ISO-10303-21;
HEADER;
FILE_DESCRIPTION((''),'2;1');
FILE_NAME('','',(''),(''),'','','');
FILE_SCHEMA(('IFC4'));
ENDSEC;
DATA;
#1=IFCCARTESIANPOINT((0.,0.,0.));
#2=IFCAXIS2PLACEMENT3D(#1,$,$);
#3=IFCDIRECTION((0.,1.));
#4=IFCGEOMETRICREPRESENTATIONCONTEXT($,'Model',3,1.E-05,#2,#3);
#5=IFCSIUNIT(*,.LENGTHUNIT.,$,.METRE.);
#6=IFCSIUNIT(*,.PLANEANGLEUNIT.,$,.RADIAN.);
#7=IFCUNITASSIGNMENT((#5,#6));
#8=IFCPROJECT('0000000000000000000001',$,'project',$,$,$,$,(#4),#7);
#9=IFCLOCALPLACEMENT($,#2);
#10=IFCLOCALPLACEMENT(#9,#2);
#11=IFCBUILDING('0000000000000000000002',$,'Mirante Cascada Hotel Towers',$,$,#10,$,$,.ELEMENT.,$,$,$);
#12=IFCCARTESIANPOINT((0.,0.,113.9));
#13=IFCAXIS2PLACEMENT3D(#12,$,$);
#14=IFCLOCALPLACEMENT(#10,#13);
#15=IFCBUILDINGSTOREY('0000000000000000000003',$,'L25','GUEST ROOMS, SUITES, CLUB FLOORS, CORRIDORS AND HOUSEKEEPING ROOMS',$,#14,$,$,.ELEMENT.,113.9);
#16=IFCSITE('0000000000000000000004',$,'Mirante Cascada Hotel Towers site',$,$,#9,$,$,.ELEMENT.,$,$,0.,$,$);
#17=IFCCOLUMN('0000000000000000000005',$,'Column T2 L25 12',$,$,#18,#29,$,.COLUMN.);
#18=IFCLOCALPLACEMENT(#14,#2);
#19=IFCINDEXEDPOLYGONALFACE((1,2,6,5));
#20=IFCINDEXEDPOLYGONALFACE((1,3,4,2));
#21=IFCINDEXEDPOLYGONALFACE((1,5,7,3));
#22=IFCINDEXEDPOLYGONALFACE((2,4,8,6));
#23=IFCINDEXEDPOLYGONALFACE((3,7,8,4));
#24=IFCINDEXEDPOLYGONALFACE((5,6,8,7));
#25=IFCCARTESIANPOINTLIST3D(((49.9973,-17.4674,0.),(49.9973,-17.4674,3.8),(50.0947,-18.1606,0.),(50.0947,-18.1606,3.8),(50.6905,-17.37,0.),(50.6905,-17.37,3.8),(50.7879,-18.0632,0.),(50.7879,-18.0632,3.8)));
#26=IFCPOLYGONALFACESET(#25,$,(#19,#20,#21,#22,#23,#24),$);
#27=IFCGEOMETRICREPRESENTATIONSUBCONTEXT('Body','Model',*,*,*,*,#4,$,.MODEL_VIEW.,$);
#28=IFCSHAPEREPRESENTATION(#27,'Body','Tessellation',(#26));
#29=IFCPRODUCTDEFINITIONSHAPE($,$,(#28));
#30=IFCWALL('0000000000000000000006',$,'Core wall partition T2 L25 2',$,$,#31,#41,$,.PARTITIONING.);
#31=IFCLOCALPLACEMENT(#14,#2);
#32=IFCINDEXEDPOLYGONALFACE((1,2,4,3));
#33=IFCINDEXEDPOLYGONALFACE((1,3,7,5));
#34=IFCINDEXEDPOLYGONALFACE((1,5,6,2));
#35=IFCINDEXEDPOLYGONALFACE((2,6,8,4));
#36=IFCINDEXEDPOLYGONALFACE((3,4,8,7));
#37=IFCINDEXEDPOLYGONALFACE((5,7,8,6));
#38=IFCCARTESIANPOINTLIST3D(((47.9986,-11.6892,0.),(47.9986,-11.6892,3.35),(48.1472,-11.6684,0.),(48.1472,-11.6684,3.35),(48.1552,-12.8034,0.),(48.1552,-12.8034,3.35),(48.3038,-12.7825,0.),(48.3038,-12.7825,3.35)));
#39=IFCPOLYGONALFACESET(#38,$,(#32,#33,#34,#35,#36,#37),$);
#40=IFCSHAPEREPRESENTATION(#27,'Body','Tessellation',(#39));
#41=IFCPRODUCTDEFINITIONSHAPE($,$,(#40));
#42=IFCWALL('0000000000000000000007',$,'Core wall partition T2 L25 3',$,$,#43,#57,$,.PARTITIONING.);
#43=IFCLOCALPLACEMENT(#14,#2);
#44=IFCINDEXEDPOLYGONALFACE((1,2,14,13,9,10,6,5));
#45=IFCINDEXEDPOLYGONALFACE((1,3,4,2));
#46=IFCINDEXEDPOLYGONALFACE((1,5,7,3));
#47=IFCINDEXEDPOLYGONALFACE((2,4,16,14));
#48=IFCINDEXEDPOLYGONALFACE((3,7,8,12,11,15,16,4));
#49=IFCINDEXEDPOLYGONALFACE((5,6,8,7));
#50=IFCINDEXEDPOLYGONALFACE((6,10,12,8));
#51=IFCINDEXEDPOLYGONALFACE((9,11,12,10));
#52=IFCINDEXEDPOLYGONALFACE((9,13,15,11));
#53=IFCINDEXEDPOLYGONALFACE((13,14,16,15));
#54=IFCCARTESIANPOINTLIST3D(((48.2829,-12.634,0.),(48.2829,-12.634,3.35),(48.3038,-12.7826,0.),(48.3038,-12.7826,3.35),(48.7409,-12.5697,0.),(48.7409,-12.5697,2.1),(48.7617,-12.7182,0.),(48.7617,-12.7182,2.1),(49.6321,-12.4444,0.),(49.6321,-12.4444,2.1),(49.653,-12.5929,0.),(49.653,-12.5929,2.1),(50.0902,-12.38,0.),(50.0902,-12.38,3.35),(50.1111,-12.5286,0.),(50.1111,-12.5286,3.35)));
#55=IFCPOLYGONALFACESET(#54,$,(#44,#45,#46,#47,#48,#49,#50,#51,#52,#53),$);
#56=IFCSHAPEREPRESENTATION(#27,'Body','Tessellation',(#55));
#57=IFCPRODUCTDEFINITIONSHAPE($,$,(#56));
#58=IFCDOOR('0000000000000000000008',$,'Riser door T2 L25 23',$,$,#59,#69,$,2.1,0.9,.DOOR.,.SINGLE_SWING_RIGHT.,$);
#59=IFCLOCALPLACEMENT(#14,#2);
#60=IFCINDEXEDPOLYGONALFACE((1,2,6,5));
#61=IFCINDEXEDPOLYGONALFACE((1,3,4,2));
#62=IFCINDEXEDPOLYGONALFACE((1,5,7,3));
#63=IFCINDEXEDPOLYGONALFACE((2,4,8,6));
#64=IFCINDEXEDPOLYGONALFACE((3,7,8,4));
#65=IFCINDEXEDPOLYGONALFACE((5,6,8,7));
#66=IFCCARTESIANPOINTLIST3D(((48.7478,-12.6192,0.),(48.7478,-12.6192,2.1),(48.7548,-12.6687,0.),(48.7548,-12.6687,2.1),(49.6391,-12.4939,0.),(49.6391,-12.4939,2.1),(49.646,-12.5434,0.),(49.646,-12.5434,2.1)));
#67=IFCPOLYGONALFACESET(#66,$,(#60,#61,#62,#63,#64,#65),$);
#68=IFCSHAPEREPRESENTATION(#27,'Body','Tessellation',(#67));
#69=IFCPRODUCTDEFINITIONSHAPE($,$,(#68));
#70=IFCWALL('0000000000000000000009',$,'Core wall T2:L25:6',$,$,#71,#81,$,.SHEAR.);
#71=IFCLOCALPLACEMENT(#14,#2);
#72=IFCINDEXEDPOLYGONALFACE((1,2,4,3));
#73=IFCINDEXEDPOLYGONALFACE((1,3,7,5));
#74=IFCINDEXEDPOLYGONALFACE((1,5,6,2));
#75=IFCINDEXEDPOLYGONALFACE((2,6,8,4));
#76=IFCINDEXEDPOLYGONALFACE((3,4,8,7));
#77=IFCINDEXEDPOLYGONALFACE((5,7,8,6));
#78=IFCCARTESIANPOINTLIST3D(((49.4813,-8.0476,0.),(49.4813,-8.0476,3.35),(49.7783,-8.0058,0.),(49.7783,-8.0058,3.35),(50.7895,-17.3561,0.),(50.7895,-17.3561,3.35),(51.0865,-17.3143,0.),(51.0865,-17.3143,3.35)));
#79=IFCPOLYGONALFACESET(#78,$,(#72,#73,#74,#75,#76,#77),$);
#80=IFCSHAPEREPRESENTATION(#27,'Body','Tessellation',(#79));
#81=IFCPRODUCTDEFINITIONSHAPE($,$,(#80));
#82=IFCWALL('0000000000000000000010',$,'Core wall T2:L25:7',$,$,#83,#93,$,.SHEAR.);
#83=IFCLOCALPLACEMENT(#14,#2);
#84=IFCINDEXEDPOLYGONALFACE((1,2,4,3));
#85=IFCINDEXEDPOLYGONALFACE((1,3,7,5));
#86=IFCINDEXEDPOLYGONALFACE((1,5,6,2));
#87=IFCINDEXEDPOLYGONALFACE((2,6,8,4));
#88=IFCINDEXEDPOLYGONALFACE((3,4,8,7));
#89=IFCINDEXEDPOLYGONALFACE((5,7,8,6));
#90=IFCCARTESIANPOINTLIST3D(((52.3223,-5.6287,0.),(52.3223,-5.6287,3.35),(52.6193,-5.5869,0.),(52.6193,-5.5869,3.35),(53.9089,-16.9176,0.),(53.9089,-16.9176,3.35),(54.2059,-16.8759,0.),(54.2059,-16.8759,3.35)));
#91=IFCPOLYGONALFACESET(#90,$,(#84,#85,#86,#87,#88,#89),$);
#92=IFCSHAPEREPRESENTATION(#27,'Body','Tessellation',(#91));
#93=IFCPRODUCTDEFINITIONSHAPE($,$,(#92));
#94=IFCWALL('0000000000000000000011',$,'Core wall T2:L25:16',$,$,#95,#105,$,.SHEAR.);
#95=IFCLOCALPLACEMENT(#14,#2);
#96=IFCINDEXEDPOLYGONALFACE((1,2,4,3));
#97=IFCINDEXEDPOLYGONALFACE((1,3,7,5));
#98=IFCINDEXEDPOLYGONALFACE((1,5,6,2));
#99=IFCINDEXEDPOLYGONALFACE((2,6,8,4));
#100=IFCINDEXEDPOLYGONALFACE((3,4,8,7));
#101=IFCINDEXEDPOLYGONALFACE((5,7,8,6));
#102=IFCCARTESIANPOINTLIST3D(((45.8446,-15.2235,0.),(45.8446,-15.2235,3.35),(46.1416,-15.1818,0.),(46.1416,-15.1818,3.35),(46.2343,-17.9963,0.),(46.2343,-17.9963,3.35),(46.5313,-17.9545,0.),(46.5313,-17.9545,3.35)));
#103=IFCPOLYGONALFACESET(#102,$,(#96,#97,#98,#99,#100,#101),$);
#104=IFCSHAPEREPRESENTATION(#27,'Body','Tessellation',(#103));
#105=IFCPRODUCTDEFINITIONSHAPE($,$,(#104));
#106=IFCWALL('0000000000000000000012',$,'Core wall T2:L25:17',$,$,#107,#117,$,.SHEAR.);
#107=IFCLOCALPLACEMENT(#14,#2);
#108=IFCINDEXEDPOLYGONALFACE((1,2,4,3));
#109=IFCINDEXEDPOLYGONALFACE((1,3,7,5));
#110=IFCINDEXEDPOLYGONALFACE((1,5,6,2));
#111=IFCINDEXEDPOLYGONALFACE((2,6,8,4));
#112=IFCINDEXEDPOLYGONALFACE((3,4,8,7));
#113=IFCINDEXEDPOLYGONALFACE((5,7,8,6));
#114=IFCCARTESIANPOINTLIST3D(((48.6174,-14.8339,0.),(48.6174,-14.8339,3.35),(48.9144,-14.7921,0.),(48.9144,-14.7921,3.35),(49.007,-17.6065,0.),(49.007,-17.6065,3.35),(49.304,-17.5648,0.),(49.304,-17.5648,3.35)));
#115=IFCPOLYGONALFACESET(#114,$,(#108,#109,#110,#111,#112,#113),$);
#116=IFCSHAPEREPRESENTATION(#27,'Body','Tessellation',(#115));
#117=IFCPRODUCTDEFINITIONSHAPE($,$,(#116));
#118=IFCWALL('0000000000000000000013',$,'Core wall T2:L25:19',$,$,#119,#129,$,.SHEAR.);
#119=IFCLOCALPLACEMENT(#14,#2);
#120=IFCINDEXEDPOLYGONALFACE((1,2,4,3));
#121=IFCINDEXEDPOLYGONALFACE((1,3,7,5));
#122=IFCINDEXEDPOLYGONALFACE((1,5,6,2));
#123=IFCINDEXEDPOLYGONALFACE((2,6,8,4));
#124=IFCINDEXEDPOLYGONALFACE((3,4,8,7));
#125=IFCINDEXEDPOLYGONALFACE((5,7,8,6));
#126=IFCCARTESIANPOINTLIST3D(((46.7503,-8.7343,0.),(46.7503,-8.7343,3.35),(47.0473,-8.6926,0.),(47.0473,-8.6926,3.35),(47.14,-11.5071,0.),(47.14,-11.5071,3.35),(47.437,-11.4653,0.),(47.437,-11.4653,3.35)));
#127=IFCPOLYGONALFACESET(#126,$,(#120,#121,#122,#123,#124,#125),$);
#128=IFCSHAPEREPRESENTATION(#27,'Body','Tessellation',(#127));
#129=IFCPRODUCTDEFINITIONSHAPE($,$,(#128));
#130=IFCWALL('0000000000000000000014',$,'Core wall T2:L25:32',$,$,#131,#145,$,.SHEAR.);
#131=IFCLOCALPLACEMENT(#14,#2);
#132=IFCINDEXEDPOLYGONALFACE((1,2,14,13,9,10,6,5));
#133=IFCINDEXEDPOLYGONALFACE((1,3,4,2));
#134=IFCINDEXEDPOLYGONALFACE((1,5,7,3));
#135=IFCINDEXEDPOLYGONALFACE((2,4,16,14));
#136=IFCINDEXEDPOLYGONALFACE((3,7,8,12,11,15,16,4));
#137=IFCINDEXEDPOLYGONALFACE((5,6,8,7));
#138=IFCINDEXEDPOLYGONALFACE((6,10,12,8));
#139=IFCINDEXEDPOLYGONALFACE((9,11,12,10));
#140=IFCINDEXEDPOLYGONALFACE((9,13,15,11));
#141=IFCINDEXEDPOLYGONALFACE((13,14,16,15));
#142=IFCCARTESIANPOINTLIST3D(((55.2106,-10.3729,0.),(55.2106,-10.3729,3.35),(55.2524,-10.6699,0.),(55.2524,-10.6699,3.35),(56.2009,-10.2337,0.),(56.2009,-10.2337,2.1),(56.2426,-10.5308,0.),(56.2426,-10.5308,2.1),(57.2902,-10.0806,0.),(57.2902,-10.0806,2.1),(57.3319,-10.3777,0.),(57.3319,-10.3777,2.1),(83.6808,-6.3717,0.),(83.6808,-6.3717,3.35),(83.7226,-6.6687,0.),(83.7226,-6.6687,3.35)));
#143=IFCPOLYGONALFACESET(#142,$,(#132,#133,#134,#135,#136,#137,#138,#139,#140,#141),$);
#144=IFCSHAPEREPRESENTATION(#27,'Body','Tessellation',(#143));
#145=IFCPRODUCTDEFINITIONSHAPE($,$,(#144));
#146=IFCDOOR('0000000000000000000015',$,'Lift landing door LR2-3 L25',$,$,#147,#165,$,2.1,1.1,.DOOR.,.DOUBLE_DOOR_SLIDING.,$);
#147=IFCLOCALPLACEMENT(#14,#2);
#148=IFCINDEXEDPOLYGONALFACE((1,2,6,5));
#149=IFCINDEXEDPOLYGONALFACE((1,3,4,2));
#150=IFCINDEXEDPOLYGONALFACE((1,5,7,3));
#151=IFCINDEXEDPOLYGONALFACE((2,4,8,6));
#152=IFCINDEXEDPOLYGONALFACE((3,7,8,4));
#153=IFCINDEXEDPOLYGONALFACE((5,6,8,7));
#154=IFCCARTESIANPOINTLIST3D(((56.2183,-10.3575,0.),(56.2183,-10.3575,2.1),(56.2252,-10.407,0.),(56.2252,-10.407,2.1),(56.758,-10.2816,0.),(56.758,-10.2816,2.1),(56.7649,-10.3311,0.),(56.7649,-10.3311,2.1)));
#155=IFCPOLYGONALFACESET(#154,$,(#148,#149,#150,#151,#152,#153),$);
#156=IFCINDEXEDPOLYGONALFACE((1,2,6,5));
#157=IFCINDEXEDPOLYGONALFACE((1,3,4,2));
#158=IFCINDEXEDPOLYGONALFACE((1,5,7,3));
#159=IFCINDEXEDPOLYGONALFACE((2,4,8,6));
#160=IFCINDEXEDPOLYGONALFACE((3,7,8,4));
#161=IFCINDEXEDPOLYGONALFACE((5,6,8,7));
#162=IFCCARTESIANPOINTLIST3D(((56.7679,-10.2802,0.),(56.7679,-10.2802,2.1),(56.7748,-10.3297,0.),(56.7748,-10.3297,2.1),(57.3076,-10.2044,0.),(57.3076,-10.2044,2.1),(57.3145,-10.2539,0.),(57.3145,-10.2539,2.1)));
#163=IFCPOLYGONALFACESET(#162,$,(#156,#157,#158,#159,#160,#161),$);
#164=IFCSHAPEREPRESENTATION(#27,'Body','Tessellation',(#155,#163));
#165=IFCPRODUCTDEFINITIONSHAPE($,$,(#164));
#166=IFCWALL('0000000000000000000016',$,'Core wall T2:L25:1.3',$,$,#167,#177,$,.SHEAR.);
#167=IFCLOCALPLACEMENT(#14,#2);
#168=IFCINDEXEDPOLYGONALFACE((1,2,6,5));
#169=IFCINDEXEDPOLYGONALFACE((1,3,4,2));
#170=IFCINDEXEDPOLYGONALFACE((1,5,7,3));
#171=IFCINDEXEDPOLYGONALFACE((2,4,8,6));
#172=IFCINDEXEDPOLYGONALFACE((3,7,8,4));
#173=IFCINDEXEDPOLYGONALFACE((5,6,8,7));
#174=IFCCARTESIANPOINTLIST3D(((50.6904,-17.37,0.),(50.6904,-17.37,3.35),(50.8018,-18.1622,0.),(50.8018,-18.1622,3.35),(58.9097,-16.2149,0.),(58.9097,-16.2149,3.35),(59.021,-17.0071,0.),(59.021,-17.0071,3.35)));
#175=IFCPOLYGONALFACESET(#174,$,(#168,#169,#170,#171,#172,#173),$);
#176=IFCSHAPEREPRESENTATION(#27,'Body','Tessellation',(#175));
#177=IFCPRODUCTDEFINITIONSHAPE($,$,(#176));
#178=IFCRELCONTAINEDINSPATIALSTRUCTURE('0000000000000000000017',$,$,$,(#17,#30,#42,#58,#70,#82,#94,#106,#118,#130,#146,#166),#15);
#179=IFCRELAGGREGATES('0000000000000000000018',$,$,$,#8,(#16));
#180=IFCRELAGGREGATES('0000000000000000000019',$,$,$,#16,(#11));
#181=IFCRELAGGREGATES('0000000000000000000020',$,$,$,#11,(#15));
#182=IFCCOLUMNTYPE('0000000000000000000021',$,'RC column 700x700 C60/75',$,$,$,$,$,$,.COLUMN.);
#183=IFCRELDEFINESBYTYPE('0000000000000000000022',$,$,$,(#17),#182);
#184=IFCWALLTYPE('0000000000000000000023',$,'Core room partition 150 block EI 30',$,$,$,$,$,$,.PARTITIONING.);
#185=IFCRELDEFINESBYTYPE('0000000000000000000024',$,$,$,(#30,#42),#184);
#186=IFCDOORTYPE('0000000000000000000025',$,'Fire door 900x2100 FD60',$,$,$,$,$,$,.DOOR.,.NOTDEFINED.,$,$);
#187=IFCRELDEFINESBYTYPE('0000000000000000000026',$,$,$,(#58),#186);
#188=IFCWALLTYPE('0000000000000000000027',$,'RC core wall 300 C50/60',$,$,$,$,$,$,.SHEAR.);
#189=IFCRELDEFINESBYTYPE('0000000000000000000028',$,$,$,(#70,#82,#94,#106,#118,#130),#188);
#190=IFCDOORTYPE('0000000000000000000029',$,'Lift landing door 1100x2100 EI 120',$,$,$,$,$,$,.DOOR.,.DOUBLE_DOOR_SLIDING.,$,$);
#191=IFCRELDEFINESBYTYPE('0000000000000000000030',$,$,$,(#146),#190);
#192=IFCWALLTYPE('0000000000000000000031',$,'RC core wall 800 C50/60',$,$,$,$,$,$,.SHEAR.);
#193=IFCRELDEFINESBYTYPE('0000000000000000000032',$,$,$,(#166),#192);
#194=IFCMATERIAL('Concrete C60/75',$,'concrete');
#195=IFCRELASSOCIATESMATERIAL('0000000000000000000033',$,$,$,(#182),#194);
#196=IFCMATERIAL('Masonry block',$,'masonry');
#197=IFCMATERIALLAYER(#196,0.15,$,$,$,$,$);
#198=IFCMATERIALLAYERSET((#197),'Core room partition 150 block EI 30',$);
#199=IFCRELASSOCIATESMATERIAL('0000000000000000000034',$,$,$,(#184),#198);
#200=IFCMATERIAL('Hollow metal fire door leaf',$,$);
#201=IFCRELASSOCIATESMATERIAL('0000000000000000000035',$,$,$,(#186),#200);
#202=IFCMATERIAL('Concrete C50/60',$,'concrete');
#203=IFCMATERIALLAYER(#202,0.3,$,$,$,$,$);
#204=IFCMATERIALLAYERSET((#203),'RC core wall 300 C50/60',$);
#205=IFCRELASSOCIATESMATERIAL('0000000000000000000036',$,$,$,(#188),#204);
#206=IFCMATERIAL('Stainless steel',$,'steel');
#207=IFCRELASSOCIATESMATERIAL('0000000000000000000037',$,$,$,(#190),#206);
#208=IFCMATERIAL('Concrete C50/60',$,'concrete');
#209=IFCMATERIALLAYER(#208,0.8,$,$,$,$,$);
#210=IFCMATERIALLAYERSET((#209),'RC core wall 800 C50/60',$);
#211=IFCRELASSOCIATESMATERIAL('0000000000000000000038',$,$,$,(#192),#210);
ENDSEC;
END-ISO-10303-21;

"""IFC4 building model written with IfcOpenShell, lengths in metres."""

from ifc_helpers import new_model, si_unit, direction, frame, frame_2d, origin, origin_2d, place, context, subcontext, project, spatial, rectangle, extrude, material, layer, layer_set, material_profile, profile_set, type_object, element, fill, save


model = new_model("IFC4")

# Units and contexts
model_context = context("Model", 3, precision=1e-05, world=origin(), true_north=direction((0.0, 1.0)))
body_context = subcontext(model_context, "Body", "Model", "MODEL_VIEW")
ifc_project = project(units=[si_unit("LENGTHUNIT", "METRE"), si_unit("PLANEANGLEUNIT", "RADIAN")], contexts=[model_context])

# Site, building, storey
site_placement = place(None, origin())
site = spatial("IfcSite", under=ifc_project, at=site_placement, Name="Mirante Cascada Hotel Towers site", CompositionType="ELEMENT", RefElevation=0.0)
building_placement = place(site_placement, origin())
building = spatial("IfcBuilding", under=site, at=building_placement, Name="Mirante Cascada Hotel Towers", CompositionType="ELEMENT")
storey_placement = place(building_placement, frame((0.0, 0.0, 113.9)))
storey = spatial("IfcBuildingStorey", under=building, at=storey_placement, Name="L25", Description="GUEST ROOMS, SUITES, CLUB FLOORS, CORRIDORS AND HOUSEKEEPING ROOMS", CompositionType="ELEMENT", Elevation=113.9)

# Column
ifc_material_1 = material(Name="Concrete C60/75", Category="concrete")
ifc_material_profile = material_profile(ifc_material_1, rectangle(XDim=0.7, YDim=0.7, at=origin_2d()), Name="RC column 700x700 C60/75")
ifc_profile_set = profile_set([ifc_material_profile], Name="Concrete C60/75")
column_type = type_object("IfcColumnType", Name="RC column 700x700 C60/75", PredefinedType="COLUMN", material=ifc_profile_set)
column_placement = place(storey_placement, frame((50.3926, -17.7653, 0.0), z_axis=(0.0, 0.0, 1.0), x_axis=(0.990268, 0.139173, 0.0)))
element("IfcColumn", 1, at=column_placement, inside=storey, type_object=column_type, Name="Column T2 L25 12", PredefinedType="COLUMN", context=body_context, shape_type="SweptSolid", body=[
    extrude(rectangle(XDim=0.7, YDim=0.7, at=origin_2d()), origin(), (0.0, 0.0, 1.0), 3.8),
])

# Wall
ifc_material_2 = material(Name="Masonry block", Category="masonry")
ifc_layer_1 = layer(ifc_material_2, 0.15)
ifc_layer_set_1 = layer_set([ifc_layer_1], Name="Core room partition 150 block EI 30")
wall_type_1 = type_object("IfcWallType", Name="Core room partition 150 block EI 30", PredefinedType="PARTITIONING", material=ifc_layer_set_1)
wall_1_placement = place(storey_placement, frame((48.2295, -12.793, 0.0), z_axis=(0.0, 0.0, 1.0), x_axis=(-0.139193, 0.990265, 0.0)))
element("IfcWall", 2, at=wall_1_placement, inside=storey, type_object=wall_type_1, Name="Core wall partition T2 L25 2", PredefinedType="PARTITIONING", context=body_context, shape_type="SweptSolid", body=[
    extrude(rectangle(XDim=1.1251, YDim=0.15, at=frame_2d((0.5626, 0.0))), origin(), (0.0, 0.0, 1.0), 3.35),
])

# Wall, opening, door
wall_2_placement = place(storey_placement, frame((48.2933, -12.7083, 0.0), z_axis=(0.0, 0.0, 1.0), x_axis=(0.990268, 0.139173, 0.0)))
wall_2 = element("IfcWall", 3, at=wall_2_placement, inside=storey, type_object=wall_type_1, Name="Core wall partition T2 L25 3", PredefinedType="PARTITIONING", context=body_context, shape_type="SweptSolid", body=[
    extrude(rectangle(XDim=1.8251, YDim=0.15, at=frame_2d((0.9126, 0.0))), origin(), (0.0, 0.0, 1.0), 3.35),
])
opening_1_placement = place(wall_2_placement, frame((0.4625, 0.0, 0.0)))
opening_1 = element("IfcOpeningElement", 4, at=opening_1_placement, cuts=wall_2, PredefinedType="OPENING", context=body_context, shape_type="SweptSolid", body=[
    extrude(rectangle(XDim=0.9, YDim=2.1, at=frame_2d((0.45, 1.05))), frame((0.0, 0.075, 0.0), z_axis=(0.0, -1.0, 0.0), x_axis=(1.0, 0.0, 0.0)), (0.0, 0.0, 1.0), 0.15),
])
ifc_material_3 = material(Name="Hollow metal fire door leaf")
door_type_1 = type_object("IfcDoorType", Name="Fire door 900x2100 FD60", OperationType="NOTDEFINED", PredefinedType="DOOR", material=ifc_material_3)
door_1_placement = place(opening_1_placement, frame((0.9, 0.0, 0.0), z_axis=(0.0, 0.0, 1.0), x_axis=(-1.0, 0.0, 0.0)))
door_1 = element("IfcDoor", 5, at=door_1_placement, inside=storey, type_object=door_type_1, Name="Riser door T2 L25 23", OperationType="SINGLE_SWING_RIGHT", OverallHeight=2.1, OverallWidth=0.9, PredefinedType="DOOR", context=body_context, shape_type="SweptSolid", body=[
    extrude(rectangle(XDim=0.9, YDim=2.1, at=frame_2d((0.45, 1.05))), frame((0.0, 0.025, 0.0), z_axis=(0.0, -1.0, 0.0), x_axis=(1.0, 0.0, 0.0)), (0.0, 0.0, 1.0), 0.05),
])
fill(opening_1, door_1)

# Walls
ifc_material_4 = material(Name="Concrete C50/60", Category="concrete")
ifc_layer_2 = layer(ifc_material_4, 0.3)
ifc_layer_set_2 = layer_set([ifc_layer_2], Name="RC core wall 300 C50/60")
wall_type_2 = type_object("IfcWallType", Name="RC core wall 300 C50/60", PredefinedType="SHEAR", material=ifc_layer_set_2)
wall_3_placement = place(storey_placement, frame((50.938, -17.3352, 0.0), z_axis=(0.0, 0.0, 1.0), x_axis=(-0.139171, 0.990268, 0.0)))
element("IfcWall", 6, at=wall_3_placement, inside=storey, type_object=wall_type_2, Name="Core wall T2:L25:6", PredefinedType="SHEAR", context=body_context, shape_type="SweptSolid", body=[
    extrude(rectangle(XDim=9.4, YDim=0.3, at=frame_2d((4.7, 0.0))), origin(), (0.0, 0.0, 1.0), 3.35),
])
wall_4_placement = place(storey_placement, frame((54.0574, -16.8968, 0.0), z_axis=(0.0, 0.0, 1.0), x_axis=(-0.139176, 0.990268, 0.0)))
element("IfcWall", 7, at=wall_4_placement, inside=storey, type_object=wall_type_2, Name="Core wall T2:L25:7", PredefinedType="SHEAR", context=body_context, shape_type="SweptSolid", body=[
    extrude(rectangle(XDim=11.3999, YDim=0.3, at=frame_2d((5.7, 0.0))), origin(), (0.0, 0.0, 1.0), 3.35),
])
wall_5_placement = place(storey_placement, frame((46.3828, -17.9754, 0.0), z_axis=(0.0, 0.0, 1.0), x_axis=(-0.139181, 0.990267, 0.0)))
element("IfcWall", 8, at=wall_5_placement, inside=storey, type_object=wall_type_2, Name="Core wall T2:L25:16", PredefinedType="SHEAR", context=body_context, shape_type="SweptSolid", body=[
    extrude(rectangle(XDim=2.8, YDim=0.3, at=frame_2d((1.4, 0.0))), origin(), (0.0, 0.0, 1.0), 3.35),
])
wall_6_placement = place(storey_placement, frame((49.1555, -17.5857, 0.0), z_axis=(0.0, 0.0, 1.0), x_axis=(-0.139146, 0.990272, 0.0)))
element("IfcWall", 9, at=wall_6_placement, inside=storey, type_object=wall_type_2, Name="Core wall T2:L25:17", PredefinedType="SHEAR", context=body_context, shape_type="SweptSolid", body=[
    extrude(rectangle(XDim=2.7999, YDim=0.3, at=frame_2d((1.4, 0.0))), origin(), (0.0, 0.0, 1.0), 3.35),
])
wall_7_placement = place(storey_placement, frame((47.2885, -11.4862, 0.0), z_axis=(0.0, 0.0, 1.0), x_axis=(-0.139181, 0.990267, 0.0)))
element("IfcWall", 10, at=wall_7_placement, inside=storey, type_object=wall_type_2, Name="Core wall T2:L25:19", PredefinedType="SHEAR", context=body_context, shape_type="SweptSolid", body=[
    extrude(rectangle(XDim=2.8, YDim=0.3, at=frame_2d((1.4, 0.0))), origin(), (0.0, 0.0, 1.0), 3.35),
])

# Shared definitions
ifc_material_5 = material(Name="Stainless steel", Category="steel")
door_type_2 = type_object("IfcDoorType", Name="Lift landing door 1100x2100 EI 120", OperationType="DOUBLE_DOOR_SLIDING", PredefinedType="DOOR", material=ifc_material_5)

# Wall, opening, door
wall_8_placement = place(storey_placement, frame((55.2315, -10.5214, 0.0), z_axis=(0.0, 0.0, 1.0), x_axis=(0.990268, 0.139172, 0.0)))
wall_8 = element("IfcWall", 11, at=wall_8_placement, inside=storey, type_object=wall_type_2, Name="Core wall T2:L25:32", PredefinedType="SHEAR", context=body_context, shape_type="SweptSolid", body=[
    extrude(rectangle(XDim=28.75, YDim=0.3, at=frame_2d((14.375, 0.0))), origin(), (0.0, 0.0, 1.0), 3.35),
])
opening_2_placement = place(wall_8_placement, frame((1.0, 0.0, 0.0)))
opening_2 = element("IfcOpeningElement", 12, at=opening_2_placement, cuts=wall_8, PredefinedType="OPENING", context=body_context, shape_type="SweptSolid", body=[
    extrude(rectangle(XDim=1.1, YDim=2.1, at=frame_2d((0.55, 1.05))), frame((0.0, 0.15, 0.0), z_axis=(0.0, -1.0, 0.0), x_axis=(1.0, 0.0, 0.0)), (0.0, 0.0, 1.0), 0.3),
])
door_2_placement = place(opening_2_placement, origin())
door_2 = element("IfcDoor", 13, at=door_2_placement, inside=storey, type_object=door_type_2, Name="Lift landing door LR2-3 L25", OperationType="DOUBLE_DOOR_SLIDING", OverallHeight=2.1, OverallWidth=1.1, PredefinedType="DOOR", context=body_context, shape_type="SweptSolid", body=[
    extrude(rectangle(XDim=0.545, YDim=2.1, at=frame_2d((0.2725, 1.05))), frame((0.0, 0.025, 0.0), z_axis=(0.0, -1.0, 0.0), x_axis=(1.0, 0.0, 0.0)), (0.0, 0.0, 1.0), 0.05),
    extrude(rectangle(XDim=0.545, YDim=2.1, at=frame_2d((0.8275, 1.05))), frame((0.0, 0.025, 0.0), z_axis=(0.0, -1.0, 0.0), x_axis=(1.0, 0.0, 0.0)), (0.0, 0.0, 1.0), 0.05),
])
fill(opening_2, door_2)

# Wall
ifc_material_6 = material(Name="Concrete C50/60", Category="concrete")
ifc_layer_3 = layer(ifc_material_6, 0.8)
ifc_layer_set_3 = layer_set([ifc_layer_3], Name="RC core wall 800 C50/60")
wall_type_3 = type_object("IfcWallType", Name="RC core wall 800 C50/60", PredefinedType="SHEAR", material=ifc_layer_set_3)
wall_9_placement = place(storey_placement, frame((50.7461, -17.7661, 0.0), z_axis=(0.0, 0.0, 1.0), x_axis=(0.990269, 0.139169, 0.0)))
element("IfcWall", 14, at=wall_9_placement, inside=storey, type_object=wall_type_3, Name="Core wall T2:L25:1.3", PredefinedType="SHEAR", context=body_context, shape_type="SweptSolid", body=[
    extrude(rectangle(XDim=8.3, YDim=0.8, at=frame_2d((4.15, 0.0))), origin(), (0.0, 0.0, 1.0), 3.35),
])

save(model, "model.ifc")
